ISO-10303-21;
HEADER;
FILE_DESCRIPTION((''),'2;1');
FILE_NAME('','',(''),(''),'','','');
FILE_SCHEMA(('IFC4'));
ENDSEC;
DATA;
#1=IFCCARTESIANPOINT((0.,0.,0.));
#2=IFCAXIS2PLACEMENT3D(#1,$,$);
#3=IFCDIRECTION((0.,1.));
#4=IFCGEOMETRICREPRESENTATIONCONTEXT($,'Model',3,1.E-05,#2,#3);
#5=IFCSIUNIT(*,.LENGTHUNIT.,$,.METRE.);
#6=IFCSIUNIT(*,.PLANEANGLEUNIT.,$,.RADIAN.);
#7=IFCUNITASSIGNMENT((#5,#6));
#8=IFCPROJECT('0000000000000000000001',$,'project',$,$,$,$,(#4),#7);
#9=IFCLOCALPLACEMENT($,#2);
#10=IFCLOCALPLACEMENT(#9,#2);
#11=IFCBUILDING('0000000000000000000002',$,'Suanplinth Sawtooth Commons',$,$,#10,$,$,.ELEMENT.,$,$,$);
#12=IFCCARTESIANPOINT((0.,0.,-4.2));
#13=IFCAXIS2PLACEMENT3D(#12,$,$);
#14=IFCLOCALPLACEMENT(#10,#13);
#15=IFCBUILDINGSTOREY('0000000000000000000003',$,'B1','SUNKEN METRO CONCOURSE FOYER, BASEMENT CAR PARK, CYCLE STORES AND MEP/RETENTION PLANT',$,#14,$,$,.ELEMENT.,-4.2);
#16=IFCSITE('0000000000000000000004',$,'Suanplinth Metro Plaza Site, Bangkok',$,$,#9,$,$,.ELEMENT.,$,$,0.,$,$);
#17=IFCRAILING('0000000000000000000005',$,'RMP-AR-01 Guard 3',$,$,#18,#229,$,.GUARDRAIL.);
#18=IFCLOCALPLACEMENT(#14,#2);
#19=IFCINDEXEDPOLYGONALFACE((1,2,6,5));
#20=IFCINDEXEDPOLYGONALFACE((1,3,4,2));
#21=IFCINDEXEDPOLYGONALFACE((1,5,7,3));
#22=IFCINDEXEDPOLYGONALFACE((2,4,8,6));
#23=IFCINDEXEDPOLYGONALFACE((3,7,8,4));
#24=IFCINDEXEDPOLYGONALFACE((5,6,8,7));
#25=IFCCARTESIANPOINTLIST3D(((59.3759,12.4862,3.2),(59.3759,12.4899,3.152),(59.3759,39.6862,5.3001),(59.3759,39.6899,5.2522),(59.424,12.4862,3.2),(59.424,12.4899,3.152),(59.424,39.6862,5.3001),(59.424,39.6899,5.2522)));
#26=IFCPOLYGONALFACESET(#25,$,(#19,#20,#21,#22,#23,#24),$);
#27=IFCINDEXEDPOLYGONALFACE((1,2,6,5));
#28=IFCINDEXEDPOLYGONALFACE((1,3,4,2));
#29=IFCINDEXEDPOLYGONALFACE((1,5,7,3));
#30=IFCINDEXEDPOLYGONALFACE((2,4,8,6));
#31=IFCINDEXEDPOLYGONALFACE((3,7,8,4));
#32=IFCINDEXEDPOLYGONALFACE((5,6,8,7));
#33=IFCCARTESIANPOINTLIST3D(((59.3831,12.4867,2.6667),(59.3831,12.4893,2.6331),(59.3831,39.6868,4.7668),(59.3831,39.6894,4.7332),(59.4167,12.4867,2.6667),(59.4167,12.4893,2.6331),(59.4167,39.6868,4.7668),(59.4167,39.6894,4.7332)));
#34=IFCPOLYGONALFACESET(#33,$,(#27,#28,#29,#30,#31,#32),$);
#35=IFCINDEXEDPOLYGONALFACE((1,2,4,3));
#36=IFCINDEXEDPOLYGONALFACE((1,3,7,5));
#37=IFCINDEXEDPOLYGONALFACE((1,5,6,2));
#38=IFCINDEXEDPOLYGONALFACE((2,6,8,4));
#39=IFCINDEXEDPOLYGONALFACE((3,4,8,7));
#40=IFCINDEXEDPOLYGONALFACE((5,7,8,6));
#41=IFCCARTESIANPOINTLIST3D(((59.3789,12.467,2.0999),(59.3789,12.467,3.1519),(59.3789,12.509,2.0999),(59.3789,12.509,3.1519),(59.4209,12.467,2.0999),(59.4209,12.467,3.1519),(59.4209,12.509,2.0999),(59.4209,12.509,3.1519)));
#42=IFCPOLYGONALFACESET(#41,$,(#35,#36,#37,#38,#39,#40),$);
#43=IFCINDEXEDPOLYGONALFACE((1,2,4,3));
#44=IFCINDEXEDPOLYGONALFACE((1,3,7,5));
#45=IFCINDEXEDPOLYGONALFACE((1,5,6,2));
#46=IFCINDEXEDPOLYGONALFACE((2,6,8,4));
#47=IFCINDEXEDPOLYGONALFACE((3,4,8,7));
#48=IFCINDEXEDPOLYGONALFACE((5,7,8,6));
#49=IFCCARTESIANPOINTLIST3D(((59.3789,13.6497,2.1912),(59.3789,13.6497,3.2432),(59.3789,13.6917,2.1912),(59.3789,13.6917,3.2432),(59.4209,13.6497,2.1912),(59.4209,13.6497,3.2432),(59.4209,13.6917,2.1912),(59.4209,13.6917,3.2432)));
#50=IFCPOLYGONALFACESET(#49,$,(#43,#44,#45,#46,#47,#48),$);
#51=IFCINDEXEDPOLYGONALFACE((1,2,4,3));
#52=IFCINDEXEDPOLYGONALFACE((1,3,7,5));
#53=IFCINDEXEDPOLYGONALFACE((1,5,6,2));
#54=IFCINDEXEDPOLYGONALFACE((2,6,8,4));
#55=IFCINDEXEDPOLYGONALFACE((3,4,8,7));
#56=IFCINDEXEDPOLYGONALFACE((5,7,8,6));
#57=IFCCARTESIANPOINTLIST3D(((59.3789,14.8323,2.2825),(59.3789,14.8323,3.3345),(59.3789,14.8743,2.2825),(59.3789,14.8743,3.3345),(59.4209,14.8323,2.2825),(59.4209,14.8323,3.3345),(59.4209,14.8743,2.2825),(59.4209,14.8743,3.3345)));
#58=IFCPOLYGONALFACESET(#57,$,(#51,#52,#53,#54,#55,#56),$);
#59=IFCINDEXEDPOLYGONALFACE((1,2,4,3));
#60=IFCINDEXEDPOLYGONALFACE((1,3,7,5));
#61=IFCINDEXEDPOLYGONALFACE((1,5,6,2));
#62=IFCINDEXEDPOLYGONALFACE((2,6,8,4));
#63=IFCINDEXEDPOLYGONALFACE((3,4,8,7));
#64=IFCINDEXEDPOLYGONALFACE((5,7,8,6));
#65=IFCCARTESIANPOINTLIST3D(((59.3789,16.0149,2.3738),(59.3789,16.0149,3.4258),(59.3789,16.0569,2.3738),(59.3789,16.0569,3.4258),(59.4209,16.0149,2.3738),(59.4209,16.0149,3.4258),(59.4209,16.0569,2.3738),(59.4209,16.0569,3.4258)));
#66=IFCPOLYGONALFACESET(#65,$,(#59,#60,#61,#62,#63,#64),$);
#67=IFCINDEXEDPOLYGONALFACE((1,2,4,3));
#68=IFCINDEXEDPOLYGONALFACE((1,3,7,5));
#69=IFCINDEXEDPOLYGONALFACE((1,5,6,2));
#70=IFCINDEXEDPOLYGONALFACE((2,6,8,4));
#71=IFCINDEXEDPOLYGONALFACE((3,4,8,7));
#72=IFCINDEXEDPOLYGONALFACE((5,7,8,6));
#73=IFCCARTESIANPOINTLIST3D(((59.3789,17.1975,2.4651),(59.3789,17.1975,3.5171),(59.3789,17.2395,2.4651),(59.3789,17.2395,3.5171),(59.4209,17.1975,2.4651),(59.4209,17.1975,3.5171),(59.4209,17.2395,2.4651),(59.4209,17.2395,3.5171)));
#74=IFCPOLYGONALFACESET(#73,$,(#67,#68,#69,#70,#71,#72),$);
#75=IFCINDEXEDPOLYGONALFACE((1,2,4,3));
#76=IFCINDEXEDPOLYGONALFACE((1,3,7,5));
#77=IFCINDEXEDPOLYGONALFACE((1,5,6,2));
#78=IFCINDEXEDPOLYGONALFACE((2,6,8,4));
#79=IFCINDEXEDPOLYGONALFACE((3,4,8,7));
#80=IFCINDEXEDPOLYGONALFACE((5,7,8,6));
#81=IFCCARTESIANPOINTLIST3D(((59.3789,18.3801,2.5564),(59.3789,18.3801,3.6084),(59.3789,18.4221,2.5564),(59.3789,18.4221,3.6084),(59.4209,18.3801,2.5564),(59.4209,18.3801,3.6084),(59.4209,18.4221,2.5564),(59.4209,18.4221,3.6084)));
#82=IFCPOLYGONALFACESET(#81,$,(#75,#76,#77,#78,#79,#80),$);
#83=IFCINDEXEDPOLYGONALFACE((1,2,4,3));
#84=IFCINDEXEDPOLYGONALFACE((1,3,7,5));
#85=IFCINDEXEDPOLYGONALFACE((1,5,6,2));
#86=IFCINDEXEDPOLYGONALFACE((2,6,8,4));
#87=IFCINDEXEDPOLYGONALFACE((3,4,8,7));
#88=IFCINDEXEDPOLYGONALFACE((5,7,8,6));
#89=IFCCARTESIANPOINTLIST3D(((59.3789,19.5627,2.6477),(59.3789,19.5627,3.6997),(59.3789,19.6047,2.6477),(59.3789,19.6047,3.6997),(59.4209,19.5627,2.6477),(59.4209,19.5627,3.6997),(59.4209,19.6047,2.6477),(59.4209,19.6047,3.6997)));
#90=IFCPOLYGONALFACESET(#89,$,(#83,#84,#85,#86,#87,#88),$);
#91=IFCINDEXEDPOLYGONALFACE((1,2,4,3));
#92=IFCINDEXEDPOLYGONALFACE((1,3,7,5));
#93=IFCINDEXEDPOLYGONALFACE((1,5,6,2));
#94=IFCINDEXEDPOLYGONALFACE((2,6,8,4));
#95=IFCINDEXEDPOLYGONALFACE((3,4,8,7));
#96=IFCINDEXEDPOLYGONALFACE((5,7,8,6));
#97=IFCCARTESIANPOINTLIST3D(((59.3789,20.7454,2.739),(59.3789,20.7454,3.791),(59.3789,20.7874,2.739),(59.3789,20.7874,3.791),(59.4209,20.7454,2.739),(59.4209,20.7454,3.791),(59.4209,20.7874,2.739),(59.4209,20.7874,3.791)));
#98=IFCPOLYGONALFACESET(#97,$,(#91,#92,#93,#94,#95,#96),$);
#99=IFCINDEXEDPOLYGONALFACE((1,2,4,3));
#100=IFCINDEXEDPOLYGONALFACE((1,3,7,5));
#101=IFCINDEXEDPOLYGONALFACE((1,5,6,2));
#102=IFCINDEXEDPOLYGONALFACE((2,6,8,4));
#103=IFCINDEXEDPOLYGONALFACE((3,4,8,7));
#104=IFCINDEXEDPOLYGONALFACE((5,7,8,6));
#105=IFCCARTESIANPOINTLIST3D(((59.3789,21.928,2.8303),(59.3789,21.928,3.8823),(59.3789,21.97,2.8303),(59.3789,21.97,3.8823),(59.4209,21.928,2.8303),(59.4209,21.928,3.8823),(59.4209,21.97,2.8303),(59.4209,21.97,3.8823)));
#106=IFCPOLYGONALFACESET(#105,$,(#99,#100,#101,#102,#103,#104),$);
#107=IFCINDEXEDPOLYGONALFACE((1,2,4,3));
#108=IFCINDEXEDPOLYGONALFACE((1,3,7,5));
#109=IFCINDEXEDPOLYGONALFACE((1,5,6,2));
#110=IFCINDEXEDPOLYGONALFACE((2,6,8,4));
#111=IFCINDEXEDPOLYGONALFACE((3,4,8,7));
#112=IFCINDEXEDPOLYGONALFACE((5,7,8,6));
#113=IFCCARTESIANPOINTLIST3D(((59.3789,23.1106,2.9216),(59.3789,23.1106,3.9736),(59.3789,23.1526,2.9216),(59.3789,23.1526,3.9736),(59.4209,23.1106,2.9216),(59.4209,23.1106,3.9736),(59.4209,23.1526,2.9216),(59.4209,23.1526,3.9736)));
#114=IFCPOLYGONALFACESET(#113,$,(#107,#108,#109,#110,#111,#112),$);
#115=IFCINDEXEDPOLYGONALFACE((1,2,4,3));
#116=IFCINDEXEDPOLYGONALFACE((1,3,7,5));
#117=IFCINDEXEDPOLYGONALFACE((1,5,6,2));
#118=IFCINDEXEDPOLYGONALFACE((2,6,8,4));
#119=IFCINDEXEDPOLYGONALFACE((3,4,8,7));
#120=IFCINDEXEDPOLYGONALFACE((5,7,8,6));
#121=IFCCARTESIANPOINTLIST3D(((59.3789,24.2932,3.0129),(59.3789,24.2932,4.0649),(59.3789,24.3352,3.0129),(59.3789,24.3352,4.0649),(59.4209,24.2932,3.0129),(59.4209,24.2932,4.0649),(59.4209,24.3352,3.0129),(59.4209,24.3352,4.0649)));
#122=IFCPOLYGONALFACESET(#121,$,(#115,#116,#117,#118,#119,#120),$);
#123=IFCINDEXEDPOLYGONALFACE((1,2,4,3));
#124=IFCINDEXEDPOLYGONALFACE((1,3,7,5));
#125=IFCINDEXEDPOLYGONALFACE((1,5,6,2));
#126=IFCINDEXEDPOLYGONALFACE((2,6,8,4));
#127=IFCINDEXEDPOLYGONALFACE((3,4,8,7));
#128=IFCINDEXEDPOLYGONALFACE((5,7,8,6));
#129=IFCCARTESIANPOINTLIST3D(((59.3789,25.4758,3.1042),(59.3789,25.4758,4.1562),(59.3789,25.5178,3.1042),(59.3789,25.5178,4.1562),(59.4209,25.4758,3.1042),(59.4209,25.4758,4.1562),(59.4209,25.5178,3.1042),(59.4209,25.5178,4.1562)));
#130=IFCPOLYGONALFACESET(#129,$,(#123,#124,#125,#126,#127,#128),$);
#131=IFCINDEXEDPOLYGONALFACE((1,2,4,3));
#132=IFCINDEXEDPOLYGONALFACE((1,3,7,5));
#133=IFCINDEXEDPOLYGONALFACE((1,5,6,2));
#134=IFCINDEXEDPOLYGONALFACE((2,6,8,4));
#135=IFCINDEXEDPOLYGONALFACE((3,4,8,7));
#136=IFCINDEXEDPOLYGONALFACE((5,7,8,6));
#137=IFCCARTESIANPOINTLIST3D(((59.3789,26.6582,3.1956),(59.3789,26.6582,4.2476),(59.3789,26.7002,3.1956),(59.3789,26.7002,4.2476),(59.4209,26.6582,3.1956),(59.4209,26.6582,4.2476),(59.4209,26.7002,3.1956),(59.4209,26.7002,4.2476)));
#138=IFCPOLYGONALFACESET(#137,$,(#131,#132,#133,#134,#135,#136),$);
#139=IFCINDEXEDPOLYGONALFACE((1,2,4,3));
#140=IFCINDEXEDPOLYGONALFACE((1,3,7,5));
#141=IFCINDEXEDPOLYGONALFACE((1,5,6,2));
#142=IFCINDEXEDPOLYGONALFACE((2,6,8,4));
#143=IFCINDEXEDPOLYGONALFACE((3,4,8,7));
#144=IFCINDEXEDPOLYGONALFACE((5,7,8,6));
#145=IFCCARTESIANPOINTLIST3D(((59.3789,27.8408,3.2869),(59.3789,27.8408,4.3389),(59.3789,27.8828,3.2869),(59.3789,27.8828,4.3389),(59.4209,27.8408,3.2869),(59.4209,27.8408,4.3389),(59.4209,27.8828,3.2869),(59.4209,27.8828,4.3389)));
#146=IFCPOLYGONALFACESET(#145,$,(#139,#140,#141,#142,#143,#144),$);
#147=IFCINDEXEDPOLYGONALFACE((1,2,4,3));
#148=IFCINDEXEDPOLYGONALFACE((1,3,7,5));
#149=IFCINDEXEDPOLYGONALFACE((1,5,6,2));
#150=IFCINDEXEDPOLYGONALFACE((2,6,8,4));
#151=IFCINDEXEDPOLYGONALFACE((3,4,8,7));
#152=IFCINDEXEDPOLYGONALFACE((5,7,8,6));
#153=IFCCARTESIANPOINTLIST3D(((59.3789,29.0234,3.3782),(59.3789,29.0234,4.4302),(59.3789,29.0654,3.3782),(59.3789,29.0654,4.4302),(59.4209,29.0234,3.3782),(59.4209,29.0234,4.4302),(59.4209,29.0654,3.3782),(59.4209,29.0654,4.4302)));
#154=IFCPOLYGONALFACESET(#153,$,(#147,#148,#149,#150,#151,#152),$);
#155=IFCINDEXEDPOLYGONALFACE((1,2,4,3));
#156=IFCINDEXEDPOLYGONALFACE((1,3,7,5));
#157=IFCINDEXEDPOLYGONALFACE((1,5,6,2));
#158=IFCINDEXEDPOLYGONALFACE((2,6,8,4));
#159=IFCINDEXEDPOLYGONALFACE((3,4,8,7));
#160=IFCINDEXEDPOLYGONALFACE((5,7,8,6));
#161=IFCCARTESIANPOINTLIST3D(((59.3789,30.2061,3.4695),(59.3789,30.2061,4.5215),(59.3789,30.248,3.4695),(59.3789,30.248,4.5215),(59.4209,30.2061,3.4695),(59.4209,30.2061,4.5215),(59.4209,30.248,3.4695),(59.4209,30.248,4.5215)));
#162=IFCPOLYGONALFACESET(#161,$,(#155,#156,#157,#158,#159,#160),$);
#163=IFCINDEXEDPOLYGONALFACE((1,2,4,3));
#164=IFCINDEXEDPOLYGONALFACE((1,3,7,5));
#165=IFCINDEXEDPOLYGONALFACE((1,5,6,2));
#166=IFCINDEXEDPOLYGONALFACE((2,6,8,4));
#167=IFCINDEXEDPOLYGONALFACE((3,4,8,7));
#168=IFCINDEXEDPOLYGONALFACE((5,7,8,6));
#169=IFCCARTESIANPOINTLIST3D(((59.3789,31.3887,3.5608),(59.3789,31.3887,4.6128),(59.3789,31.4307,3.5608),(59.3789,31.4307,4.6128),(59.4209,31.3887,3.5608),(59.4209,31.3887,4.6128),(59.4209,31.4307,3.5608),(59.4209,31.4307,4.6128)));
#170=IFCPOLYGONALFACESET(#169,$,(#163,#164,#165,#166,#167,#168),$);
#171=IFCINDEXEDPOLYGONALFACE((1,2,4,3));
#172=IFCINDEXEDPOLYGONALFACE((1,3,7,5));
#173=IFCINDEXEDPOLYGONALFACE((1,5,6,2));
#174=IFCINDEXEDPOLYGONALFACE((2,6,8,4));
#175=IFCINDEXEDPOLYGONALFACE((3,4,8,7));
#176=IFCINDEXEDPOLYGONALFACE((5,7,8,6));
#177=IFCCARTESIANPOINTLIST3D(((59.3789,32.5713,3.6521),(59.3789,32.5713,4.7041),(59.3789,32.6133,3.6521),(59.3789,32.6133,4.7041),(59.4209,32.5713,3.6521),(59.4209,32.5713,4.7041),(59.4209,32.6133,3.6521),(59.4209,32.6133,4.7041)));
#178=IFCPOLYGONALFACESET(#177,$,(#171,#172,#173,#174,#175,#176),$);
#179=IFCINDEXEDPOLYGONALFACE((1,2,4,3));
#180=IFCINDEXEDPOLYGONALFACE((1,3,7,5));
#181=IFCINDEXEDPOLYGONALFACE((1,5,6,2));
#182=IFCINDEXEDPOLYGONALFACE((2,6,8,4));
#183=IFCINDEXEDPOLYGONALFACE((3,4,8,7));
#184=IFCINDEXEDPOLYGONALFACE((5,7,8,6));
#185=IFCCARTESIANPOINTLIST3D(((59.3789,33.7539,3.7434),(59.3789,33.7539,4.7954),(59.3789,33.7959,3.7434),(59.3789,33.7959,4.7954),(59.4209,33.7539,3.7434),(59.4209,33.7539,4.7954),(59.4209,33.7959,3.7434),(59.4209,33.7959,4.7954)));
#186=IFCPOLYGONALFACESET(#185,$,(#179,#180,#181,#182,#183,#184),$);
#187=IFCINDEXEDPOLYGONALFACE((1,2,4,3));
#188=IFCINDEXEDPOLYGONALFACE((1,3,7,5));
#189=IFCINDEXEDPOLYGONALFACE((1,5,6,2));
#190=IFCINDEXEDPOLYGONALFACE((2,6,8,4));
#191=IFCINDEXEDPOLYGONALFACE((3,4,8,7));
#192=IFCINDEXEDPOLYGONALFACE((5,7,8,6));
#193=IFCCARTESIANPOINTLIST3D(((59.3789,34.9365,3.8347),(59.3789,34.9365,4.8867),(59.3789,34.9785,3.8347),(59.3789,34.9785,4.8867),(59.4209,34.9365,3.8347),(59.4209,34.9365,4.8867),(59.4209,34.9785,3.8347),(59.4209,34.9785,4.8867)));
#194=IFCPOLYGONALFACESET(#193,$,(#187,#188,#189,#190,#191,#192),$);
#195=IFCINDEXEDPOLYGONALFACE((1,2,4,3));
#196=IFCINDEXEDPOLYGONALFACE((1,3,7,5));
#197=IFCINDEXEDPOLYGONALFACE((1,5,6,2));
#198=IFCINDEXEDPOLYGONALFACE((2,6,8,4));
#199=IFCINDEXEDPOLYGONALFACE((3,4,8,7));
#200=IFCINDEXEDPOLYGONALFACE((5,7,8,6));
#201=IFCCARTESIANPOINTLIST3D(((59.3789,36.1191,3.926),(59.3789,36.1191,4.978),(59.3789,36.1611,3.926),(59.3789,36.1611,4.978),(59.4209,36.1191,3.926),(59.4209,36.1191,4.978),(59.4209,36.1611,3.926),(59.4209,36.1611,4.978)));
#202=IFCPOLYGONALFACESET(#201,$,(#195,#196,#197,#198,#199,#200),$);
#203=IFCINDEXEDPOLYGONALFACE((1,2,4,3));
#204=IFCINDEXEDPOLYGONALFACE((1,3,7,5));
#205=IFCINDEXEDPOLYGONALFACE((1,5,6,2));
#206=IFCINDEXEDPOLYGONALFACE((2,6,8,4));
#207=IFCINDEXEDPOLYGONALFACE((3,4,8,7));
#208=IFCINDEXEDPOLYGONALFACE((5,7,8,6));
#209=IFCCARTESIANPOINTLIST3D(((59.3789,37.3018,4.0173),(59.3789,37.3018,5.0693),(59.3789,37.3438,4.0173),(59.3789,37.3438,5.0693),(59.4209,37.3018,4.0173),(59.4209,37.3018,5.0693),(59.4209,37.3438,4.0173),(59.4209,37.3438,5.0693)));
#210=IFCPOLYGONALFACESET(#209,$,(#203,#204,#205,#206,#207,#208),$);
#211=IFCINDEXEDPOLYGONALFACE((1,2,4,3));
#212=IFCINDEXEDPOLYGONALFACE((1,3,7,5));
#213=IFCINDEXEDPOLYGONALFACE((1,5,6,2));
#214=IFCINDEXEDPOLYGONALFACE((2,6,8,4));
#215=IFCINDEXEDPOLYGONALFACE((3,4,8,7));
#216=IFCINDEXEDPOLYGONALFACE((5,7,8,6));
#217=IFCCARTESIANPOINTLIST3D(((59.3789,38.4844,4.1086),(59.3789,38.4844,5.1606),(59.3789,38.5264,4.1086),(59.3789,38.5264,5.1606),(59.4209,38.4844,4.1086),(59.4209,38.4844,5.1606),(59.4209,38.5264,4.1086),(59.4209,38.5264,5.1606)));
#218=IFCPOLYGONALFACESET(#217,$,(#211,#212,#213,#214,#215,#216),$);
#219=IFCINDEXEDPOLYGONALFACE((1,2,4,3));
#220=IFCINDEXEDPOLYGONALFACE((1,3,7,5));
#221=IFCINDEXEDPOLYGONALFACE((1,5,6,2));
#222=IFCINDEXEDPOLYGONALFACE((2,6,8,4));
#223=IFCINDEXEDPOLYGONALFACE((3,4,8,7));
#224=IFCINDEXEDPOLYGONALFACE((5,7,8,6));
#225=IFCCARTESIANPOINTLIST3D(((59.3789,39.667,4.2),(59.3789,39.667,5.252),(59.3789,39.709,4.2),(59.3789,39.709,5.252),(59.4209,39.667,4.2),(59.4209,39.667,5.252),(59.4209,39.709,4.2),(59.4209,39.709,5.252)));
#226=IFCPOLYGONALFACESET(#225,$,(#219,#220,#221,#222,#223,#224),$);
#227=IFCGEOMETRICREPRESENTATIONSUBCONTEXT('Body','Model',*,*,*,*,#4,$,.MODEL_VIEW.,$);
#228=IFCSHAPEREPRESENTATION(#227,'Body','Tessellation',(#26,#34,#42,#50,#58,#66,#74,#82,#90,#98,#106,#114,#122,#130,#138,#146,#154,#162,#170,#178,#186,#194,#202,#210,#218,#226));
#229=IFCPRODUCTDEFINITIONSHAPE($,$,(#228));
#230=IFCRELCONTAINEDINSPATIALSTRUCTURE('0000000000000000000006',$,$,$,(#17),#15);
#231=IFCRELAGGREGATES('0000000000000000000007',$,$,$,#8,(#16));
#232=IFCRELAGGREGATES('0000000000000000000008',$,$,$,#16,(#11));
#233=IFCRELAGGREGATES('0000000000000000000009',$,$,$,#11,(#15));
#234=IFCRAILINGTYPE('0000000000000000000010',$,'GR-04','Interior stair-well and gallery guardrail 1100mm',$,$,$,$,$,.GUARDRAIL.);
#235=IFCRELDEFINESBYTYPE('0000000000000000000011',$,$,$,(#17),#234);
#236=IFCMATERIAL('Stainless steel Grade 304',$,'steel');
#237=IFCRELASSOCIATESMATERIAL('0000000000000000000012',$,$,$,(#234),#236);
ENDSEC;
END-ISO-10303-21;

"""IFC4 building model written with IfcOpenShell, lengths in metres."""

from ifc_helpers import new_model, si_unit, direction, frame, origin, origin_2d, place, context, subcontext, project, spatial, rectangle, extrude, material, type_object, element, save


model = new_model("IFC4")

# Units and contexts
model_context = context("Model", 3, precision=1e-05, world=origin(), true_north=direction((0.0, 1.0)))
body_context = subcontext(model_context, "Body", "Model", "MODEL_VIEW")
ifc_project = project(units=[si_unit("LENGTHUNIT", "METRE"), si_unit("PLANEANGLEUNIT", "RADIAN")], contexts=[model_context])

# Site, building, storey
site_placement = place(None, origin())
site = spatial("IfcSite", under=ifc_project, at=site_placement, Name="Suanplinth Metro Plaza Site, Bangkok", CompositionType="ELEMENT", RefElevation=0.0)
building_placement = place(site_placement, origin())
building = spatial("IfcBuilding", under=site, at=building_placement, Name="Suanplinth Sawtooth Commons", CompositionType="ELEMENT")
storey_placement = place(building_placement, frame((0.0, 0.0, -4.2)))
storey = spatial("IfcBuildingStorey", under=building, at=storey_placement, Name="B1", Description="SUNKEN METRO CONCOURSE FOYER, BASEMENT CAR PARK, CYCLE STORES AND MEP/RETENTION PLANT", CompositionType="ELEMENT", Elevation=-4.2)

# Railing
ifc_material_1 = material(Name="Stainless steel Grade 304", Category="steel")
railing_type_1 = type_object("IfcRailingType", Name="GR-04", Description="Interior stair-well and gallery guardrail 1100mm", PredefinedType="GUARDRAIL", material=ifc_material_1)
railing_1_placement = place(storey_placement, frame((59.3999, 12.488, 2.0999)))
element("IfcRailing", 1, at=railing_1_placement, inside=storey, type_object=railing_type_1, Name="RMP-AR-01 Guard 3", PredefinedType="GUARDRAIL", context=body_context, shape_type="SweptSolid", body=[
    extrude(rectangle(XDim=0.0481, YDim=0.0481, at=origin_2d()), frame((0.0, 0.0, 1.0762), z_axis=(0.0, 0.997033, 0.07698), x_axis=(-1.0, 0.0, 0.0)), (0.0, 0.0, 1.0), 27.281),
    extrude(rectangle(XDim=0.0337, YDim=0.0337, at=origin_2d()), frame((0.0, 0.0, 0.55), z_axis=(0.0, 0.997033, 0.07698), x_axis=(-1.0, 0.0, 0.0)), (0.0, 0.0, 1.0), 27.281),
    extrude(rectangle(XDim=0.042, YDim=0.042, at=origin_2d()), origin(), (0.0, 0.0, 1.0), 1.052),
    extrude(rectangle(XDim=0.042, YDim=0.042, at=origin_2d()), frame((0.0, 1.1826, 0.0913)), (0.0, 0.0, 1.0), 1.052),
    extrude(rectangle(XDim=0.042, YDim=0.042, at=origin_2d()), frame((0.0, 2.3652, 0.1826)), (0.0, 0.0, 1.0), 1.052),
    extrude(rectangle(XDim=0.042, YDim=0.042, at=origin_2d()), frame((0.0, 3.5479, 0.2739)), (0.0, 0.0, 1.0), 1.052),
    extrude(rectangle(XDim=0.042, YDim=0.042, at=origin_2d()), frame((0.0, 4.7305, 0.3652)), (0.0, 0.0, 1.0), 1.052),
    extrude(rectangle(XDim=0.042, YDim=0.042, at=origin_2d()), frame((0.0, 5.9131, 0.4565)), (0.0, 0.0, 1.0), 1.052),
    extrude(rectangle(XDim=0.042, YDim=0.042, at=origin_2d()), frame((0.0, 7.0957, 0.5479)), (0.0, 0.0, 1.0), 1.052),
    extrude(rectangle(XDim=0.042, YDim=0.042, at=origin_2d()), frame((0.0, 8.2783, 0.6392)), (0.0, 0.0, 1.0), 1.052),
    extrude(rectangle(XDim=0.042, YDim=0.042, at=origin_2d()), frame((0.0, 9.4609, 0.7305)), (0.0, 0.0, 1.0), 1.052),
    extrude(rectangle(XDim=0.042, YDim=0.042, at=origin_2d()), frame((0.0, 10.6436, 0.8218)), (0.0, 0.0, 1.0), 1.052),
    extrude(rectangle(XDim=0.042, YDim=0.042, at=origin_2d()), frame((0.0, 11.8262, 0.9131)), (0.0, 0.0, 1.0), 1.052),
    extrude(rectangle(XDim=0.042, YDim=0.042, at=origin_2d()), frame((0.0, 13.0088, 1.0044)), (0.0, 0.0, 1.0), 1.052),
    extrude(rectangle(XDim=0.042, YDim=0.042, at=origin_2d()), frame((0.0, 14.1912, 1.0957)), (0.0, 0.0, 1.0), 1.052),
    extrude(rectangle(XDim=0.042, YDim=0.042, at=origin_2d()), frame((0.0, 15.3738, 1.187)), (0.0, 0.0, 1.0), 1.052),
    extrude(rectangle(XDim=0.042, YDim=0.042, at=origin_2d()), frame((0.0, 16.5564, 1.2783)), (0.0, 0.0, 1.0), 1.052),
    extrude(rectangle(XDim=0.042, YDim=0.042, at=origin_2d()), frame((0.0, 17.739, 1.3696)), (0.0, 0.0, 1.0), 1.052),
    extrude(rectangle(XDim=0.042, YDim=0.042, at=origin_2d()), frame((0.0, 18.9216, 1.4609)), (0.0, 0.0, 1.0), 1.052),
    extrude(rectangle(XDim=0.042, YDim=0.042, at=origin_2d()), frame((0.0, 20.1042, 1.5522)), (0.0, 0.0, 1.0), 1.052),
    extrude(rectangle(XDim=0.042, YDim=0.042, at=origin_2d()), frame((0.0, 21.2869, 1.6436)), (0.0, 0.0, 1.0), 1.052),
    extrude(rectangle(XDim=0.042, YDim=0.042, at=origin_2d()), frame((0.0, 22.4695, 1.7349)), (0.0, 0.0, 1.0), 1.052),
    extrude(rectangle(XDim=0.042, YDim=0.042, at=origin_2d()), frame((0.0, 23.6521, 1.8262)), (0.0, 0.0, 1.0), 1.052),
    extrude(rectangle(XDim=0.042, YDim=0.042, at=origin_2d()), frame((0.0, 24.8347, 1.9175)), (0.0, 0.0, 1.0), 1.052),
    extrude(rectangle(XDim=0.042, YDim=0.042, at=origin_2d()), frame((0.0, 26.0173, 2.0088)), (0.0, 0.0, 1.0), 1.052),
    extrude(rectangle(XDim=0.042, YDim=0.042, at=origin_2d()), frame((0.0, 27.2, 2.1001)), (0.0, 0.0, 1.0), 1.052),
])

save(model, "model.ifc")
